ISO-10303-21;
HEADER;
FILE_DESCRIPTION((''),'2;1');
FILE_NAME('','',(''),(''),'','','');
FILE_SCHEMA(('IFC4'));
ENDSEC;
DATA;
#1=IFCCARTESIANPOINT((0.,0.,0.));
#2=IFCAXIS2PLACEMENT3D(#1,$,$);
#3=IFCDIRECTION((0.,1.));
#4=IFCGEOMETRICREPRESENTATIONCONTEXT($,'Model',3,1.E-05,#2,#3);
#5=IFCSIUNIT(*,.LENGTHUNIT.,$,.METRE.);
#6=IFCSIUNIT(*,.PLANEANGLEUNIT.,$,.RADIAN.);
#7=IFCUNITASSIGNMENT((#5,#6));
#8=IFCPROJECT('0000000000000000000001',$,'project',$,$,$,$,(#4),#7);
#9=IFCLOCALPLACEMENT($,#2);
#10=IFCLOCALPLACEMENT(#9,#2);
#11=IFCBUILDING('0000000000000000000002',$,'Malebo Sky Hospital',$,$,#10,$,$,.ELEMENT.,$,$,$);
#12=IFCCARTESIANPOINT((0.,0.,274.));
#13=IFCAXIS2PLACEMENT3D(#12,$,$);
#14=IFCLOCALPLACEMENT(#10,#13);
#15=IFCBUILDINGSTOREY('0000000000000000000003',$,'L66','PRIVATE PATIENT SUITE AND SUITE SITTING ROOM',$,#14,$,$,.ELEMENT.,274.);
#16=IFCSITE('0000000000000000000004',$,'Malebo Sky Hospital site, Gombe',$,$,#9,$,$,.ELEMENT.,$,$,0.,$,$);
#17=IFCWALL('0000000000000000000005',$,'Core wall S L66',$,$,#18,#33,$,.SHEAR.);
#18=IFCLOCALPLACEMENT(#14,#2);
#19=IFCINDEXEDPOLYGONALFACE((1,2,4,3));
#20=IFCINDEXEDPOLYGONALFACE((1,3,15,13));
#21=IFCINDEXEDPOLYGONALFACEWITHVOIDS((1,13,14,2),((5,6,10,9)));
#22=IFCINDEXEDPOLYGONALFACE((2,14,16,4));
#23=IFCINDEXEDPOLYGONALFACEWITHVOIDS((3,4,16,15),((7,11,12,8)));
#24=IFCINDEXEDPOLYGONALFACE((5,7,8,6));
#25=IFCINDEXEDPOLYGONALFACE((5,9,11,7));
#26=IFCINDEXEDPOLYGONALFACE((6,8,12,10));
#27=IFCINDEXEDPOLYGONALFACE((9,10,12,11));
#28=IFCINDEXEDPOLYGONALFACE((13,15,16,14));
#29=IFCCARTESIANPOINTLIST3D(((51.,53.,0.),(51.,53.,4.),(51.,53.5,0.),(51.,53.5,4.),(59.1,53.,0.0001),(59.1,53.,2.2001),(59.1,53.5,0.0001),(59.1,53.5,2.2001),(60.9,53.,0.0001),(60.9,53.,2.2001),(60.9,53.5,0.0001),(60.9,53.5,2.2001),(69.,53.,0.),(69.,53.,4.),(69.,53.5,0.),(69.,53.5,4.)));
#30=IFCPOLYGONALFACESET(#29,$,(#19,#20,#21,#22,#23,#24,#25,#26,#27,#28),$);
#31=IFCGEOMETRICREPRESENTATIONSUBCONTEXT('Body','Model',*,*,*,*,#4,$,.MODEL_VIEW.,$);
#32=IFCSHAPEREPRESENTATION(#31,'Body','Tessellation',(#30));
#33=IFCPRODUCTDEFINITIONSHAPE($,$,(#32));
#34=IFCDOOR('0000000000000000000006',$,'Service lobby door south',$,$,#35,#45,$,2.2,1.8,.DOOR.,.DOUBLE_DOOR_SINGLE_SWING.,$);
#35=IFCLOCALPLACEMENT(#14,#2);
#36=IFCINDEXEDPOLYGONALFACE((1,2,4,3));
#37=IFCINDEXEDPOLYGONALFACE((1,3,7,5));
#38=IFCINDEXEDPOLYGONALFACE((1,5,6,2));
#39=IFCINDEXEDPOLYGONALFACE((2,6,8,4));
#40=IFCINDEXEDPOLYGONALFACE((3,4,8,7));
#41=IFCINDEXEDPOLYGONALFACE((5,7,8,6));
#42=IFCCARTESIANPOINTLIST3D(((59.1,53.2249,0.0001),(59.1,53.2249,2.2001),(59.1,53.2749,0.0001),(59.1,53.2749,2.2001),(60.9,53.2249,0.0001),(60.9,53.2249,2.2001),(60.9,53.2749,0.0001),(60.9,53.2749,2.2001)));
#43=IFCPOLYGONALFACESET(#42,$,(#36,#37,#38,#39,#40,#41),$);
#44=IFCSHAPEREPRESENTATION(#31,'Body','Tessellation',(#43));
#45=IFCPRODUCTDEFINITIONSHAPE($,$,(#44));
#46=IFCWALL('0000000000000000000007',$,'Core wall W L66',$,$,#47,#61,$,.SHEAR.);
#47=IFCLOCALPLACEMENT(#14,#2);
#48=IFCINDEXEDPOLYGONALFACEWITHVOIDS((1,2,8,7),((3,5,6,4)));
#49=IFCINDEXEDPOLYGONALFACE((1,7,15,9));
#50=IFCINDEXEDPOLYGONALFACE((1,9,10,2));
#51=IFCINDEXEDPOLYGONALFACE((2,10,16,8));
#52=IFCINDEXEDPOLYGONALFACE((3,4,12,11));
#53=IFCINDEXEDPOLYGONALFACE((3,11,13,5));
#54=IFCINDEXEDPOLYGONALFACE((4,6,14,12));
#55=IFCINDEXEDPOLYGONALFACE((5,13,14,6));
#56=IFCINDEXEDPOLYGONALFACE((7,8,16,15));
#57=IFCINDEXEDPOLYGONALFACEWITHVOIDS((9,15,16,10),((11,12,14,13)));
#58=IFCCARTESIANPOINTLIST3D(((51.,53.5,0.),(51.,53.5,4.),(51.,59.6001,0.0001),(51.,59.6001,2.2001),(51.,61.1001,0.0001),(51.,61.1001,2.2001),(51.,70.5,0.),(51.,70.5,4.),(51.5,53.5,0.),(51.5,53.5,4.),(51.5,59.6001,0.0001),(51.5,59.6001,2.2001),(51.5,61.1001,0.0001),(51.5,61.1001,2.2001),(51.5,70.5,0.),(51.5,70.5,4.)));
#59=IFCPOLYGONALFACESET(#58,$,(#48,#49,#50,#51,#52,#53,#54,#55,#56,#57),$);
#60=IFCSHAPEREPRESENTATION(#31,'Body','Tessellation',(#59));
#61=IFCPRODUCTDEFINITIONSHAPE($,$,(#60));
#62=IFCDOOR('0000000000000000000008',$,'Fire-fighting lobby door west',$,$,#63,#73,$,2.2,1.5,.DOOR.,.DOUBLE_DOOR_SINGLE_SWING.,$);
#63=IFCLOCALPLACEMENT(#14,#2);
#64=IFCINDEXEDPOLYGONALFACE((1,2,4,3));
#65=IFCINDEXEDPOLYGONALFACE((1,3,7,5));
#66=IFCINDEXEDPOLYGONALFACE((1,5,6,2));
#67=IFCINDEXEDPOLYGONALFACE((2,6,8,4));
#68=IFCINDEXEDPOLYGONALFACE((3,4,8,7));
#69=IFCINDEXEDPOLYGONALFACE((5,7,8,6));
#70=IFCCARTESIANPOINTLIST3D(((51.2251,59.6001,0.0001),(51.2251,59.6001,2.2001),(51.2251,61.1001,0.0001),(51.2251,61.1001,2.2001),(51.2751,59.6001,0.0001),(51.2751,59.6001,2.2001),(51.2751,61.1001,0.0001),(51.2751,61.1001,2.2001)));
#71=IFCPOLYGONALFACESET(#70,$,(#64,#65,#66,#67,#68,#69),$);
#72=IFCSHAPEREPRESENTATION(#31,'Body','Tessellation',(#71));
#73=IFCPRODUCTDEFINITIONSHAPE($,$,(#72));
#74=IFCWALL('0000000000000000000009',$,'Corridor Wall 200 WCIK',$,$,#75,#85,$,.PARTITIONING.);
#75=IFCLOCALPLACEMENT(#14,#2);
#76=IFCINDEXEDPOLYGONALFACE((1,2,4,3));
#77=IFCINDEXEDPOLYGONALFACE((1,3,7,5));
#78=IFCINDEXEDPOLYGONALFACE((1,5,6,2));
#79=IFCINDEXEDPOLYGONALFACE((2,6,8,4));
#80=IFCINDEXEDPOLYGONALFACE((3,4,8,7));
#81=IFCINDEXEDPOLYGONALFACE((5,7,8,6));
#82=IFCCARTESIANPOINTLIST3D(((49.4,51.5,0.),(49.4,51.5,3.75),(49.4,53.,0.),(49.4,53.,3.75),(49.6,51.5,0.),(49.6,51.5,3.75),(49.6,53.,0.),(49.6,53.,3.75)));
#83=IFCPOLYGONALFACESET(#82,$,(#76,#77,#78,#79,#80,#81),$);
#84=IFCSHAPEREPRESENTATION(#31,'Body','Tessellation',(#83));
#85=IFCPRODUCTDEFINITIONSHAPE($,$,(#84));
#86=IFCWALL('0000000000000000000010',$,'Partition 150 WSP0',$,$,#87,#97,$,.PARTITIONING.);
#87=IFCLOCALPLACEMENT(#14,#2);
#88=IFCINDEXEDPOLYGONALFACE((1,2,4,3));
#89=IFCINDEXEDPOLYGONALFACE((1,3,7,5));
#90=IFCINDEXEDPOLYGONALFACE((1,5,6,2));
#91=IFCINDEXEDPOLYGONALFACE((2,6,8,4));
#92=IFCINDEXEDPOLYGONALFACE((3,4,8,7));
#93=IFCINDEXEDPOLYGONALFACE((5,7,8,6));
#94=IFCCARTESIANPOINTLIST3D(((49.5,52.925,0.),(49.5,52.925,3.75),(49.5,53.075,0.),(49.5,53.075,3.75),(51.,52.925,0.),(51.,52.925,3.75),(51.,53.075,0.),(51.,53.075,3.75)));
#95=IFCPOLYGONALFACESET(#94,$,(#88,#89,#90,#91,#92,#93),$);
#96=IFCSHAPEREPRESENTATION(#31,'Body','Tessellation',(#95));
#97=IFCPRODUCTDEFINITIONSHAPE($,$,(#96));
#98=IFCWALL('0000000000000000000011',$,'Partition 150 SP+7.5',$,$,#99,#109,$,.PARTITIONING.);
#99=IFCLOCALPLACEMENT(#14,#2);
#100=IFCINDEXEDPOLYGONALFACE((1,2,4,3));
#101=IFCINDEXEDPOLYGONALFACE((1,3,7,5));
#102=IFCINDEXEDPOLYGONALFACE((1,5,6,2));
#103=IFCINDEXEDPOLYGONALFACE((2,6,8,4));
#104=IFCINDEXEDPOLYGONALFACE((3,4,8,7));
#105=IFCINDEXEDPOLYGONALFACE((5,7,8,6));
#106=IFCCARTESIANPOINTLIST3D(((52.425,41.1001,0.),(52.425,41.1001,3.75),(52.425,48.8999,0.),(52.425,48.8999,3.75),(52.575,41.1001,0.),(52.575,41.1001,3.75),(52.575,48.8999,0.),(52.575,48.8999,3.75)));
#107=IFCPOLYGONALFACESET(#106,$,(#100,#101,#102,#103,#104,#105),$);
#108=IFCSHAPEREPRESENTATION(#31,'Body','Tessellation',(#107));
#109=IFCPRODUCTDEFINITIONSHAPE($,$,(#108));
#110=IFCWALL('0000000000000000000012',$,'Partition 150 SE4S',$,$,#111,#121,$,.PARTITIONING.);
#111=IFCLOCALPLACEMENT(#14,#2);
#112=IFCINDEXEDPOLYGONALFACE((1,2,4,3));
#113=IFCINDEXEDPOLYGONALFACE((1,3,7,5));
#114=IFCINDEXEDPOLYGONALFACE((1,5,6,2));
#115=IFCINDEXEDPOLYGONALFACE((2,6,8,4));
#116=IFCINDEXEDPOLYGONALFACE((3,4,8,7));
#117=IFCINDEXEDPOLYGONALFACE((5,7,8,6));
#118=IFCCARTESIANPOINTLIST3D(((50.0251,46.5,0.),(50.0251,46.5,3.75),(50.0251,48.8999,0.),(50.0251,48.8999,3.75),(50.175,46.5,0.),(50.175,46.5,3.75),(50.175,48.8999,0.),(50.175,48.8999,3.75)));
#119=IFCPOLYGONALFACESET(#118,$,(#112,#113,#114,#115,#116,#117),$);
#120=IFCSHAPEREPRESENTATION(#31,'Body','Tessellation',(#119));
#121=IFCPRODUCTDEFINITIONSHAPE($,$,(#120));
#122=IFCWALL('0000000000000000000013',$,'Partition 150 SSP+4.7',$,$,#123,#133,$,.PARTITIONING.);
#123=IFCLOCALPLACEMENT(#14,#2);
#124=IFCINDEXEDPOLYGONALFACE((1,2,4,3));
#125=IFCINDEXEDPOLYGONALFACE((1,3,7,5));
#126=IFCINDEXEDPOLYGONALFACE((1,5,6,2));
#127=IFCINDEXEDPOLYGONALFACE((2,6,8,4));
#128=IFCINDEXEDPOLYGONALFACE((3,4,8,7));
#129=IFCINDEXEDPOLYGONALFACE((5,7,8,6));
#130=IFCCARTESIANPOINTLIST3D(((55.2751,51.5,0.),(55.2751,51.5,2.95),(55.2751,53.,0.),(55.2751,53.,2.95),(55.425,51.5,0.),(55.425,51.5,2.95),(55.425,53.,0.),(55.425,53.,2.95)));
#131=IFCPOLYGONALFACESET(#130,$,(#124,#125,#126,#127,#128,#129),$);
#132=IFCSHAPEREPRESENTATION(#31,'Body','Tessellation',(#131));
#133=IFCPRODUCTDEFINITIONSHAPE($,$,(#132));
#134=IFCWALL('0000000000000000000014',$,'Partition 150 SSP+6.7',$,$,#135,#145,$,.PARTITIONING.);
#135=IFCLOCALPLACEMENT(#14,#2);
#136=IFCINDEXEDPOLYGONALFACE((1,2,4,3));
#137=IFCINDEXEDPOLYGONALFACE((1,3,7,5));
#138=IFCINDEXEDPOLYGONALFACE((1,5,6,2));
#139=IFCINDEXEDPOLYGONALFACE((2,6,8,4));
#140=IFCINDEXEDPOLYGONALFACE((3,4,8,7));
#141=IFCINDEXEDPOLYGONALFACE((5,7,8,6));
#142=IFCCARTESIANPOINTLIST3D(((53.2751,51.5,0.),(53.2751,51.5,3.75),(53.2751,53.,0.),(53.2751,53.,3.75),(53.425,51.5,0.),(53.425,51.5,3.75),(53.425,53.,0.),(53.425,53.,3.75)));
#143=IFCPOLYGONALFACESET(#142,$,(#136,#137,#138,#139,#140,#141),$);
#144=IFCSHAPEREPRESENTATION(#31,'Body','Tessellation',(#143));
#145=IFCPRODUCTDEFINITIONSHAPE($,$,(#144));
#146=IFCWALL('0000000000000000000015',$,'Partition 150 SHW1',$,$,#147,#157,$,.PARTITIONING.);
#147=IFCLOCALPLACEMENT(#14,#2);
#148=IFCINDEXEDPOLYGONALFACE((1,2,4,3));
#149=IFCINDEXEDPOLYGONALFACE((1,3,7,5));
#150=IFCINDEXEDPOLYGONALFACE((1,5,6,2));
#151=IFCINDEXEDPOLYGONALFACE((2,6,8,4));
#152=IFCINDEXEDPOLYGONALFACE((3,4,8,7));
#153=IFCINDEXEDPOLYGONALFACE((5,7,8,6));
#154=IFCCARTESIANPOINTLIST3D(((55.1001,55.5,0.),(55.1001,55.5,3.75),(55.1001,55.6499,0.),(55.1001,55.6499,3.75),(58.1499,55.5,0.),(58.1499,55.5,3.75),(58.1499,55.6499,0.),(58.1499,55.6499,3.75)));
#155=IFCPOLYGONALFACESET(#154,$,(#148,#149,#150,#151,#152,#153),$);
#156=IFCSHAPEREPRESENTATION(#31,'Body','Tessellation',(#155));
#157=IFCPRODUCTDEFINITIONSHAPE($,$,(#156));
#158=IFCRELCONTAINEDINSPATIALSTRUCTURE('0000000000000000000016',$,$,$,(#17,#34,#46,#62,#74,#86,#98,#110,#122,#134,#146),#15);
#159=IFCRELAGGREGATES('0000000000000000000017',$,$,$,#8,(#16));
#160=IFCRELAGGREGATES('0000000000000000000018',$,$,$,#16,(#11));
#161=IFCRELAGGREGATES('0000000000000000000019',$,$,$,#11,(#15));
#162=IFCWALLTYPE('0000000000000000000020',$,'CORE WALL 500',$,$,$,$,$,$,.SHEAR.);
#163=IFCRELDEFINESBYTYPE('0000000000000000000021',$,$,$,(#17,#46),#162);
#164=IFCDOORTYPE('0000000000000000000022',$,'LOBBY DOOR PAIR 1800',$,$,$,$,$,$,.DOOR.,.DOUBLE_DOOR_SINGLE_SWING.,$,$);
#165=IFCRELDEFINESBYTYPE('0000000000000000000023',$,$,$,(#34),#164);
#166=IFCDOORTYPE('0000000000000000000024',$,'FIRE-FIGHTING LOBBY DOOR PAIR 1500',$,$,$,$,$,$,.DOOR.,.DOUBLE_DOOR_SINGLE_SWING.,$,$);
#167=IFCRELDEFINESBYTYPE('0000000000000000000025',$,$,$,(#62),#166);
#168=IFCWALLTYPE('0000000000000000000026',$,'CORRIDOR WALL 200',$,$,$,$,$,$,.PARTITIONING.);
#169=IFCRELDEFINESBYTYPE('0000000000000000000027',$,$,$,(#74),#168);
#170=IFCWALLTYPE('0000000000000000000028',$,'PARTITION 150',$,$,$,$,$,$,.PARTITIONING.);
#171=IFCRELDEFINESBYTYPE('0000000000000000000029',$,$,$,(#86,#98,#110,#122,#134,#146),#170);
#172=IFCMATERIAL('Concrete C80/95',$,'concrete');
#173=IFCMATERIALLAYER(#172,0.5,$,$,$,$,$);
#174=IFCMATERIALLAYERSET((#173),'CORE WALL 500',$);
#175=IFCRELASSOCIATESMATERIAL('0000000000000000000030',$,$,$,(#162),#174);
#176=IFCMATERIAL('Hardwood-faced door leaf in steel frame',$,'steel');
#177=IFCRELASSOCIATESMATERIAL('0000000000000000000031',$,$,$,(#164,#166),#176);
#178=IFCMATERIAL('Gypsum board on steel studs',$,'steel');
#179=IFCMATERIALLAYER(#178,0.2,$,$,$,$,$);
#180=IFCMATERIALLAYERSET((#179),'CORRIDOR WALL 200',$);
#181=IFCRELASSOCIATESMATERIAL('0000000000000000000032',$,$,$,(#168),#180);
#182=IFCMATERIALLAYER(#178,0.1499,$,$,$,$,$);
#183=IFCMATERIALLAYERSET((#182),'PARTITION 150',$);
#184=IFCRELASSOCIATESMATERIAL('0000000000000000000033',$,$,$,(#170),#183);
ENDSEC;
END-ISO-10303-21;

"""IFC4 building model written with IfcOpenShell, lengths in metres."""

from ifc_helpers import new_model, si_unit, direction, frame, frame_2d, origin, place, context, subcontext, project, spatial, rectangle, extrude, material, layer, layer_set, type_object, element, fill, save


model = new_model("IFC4")

# Units and contexts
model_context = context("Model", 3, precision=1e-05, world=origin(), true_north=direction((0.0, 1.0)))
body_context = subcontext(model_context, "Body", "Model", "MODEL_VIEW")
ifc_project = project(units=[si_unit("LENGTHUNIT", "METRE"), si_unit("PLANEANGLEUNIT", "RADIAN")], contexts=[model_context])

# Site, building, storey
site_placement = place(None, origin())
site = spatial("IfcSite", under=ifc_project, at=site_placement, Name="Malebo Sky Hospital site, Gombe", CompositionType="ELEMENT", RefElevation=0.0)
building_placement = place(site_placement, origin())
building = spatial("IfcBuilding", under=site, at=building_placement, Name="Malebo Sky Hospital", CompositionType="ELEMENT")
storey_placement = place(building_placement, frame((0.0, 0.0, 274.0)))
storey = spatial("IfcBuildingStorey", under=building, at=storey_placement, Name="L66", Description="PRIVATE PATIENT SUITE AND SUITE SITTING ROOM", CompositionType="ELEMENT", Elevation=274.0)

# Shared definitions
ifc_material_1 = material(Name="Concrete C80/95", Category="concrete")

# Walls, openings, doors
ifc_layer_1 = layer(ifc_material_1, 0.5)
ifc_layer_set_1 = layer_set([ifc_layer_1], Name="CORE WALL 500")
wall_type_1 = type_object("IfcWallType", Name="CORE WALL 500", PredefinedType="SHEAR", material=ifc_layer_set_1)
wall_1_placement = place(storey_placement, frame((51.0, 53.25, 0.0), z_axis=(0.0, 0.0, 1.0), x_axis=(1.0, 0.0, 0.0)))
wall_1 = element("IfcWall", 1, at=wall_1_placement, inside=storey, type_object=wall_type_1, Name="Core wall S L66", PredefinedType="SHEAR", context=body_context, shape_type="SweptSolid", body=[
    extrude(rectangle(XDim=18.0, YDim=0.5, at=frame_2d((9.0, 0.0))), origin(), (0.0, 0.0, 1.0), 4.0),
])
opening_1_placement = place(wall_1_placement, frame((8.1001, 0.0, 0.0)))
opening_1 = element("IfcOpeningElement", 2, at=opening_1_placement, cuts=wall_1, PredefinedType="OPENING", context=body_context, shape_type="SweptSolid", body=[
    extrude(rectangle(XDim=1.8, YDim=2.2, at=frame_2d((0.8999, 1.1001))), frame((0.0, 0.26, 0.0), z_axis=(0.0, -1.0, 0.0), x_axis=(1.0, 0.0, 0.0)), (0.0, 0.0, 1.0), 0.52),
])
ifc_material_2 = material(Name="Hardwood-faced door leaf in steel frame", Category="steel")
door_type_1 = type_object("IfcDoorType", Name="LOBBY DOOR PAIR 1800", OperationType="DOUBLE_DOOR_SINGLE_SWING", PredefinedType="DOOR", material=ifc_material_2)
door_1_placement = place(opening_1_placement, origin())
door_1 = element("IfcDoor", 3, at=door_1_placement, inside=storey, type_object=door_type_1, Name="Service lobby door south", OperationType="DOUBLE_DOOR_SINGLE_SWING", OverallHeight=2.2, OverallWidth=1.8, PredefinedType="DOOR", context=body_context, shape_type="SweptSolid", body=[
    extrude(rectangle(XDim=1.8, YDim=2.2, at=frame_2d((0.8999, 1.1001))), frame((0.0, 0.0249, 0.0), z_axis=(0.0, -1.0, 0.0), x_axis=(1.0, 0.0, 0.0)), (0.0, 0.0, 1.0), 0.05),
])
fill(opening_1, door_1)
wall_2_placement = place(storey_placement, frame((51.25, 53.5, 0.0), z_axis=(0.0, 0.0, 1.0), x_axis=(0.0, 1.0, 0.0)))
wall_2 = element("IfcWall", 4, at=wall_2_placement, inside=storey, type_object=wall_type_1, Name="Core wall W L66", PredefinedType="SHEAR", context=body_context, shape_type="SweptSolid", body=[
    extrude(rectangle(XDim=17.0, YDim=0.5, at=frame_2d((8.5, 0.0))), origin(), (0.0, 0.0, 1.0), 4.0),
])
opening_2_placement = place(wall_2_placement, frame((6.1001, 0.0, 0.0)))
opening_2 = element("IfcOpeningElement", 5, at=opening_2_placement, cuts=wall_2, PredefinedType="OPENING", context=body_context, shape_type="SweptSolid", body=[
    extrude(rectangle(XDim=1.5, YDim=2.2, at=frame_2d((0.75, 1.1001))), frame((0.0, 0.26, 0.0), z_axis=(0.0, -1.0, 0.0), x_axis=(1.0, 0.0, 0.0)), (0.0, 0.0, 1.0), 0.52),
])
door_type_2 = type_object("IfcDoorType", Name="FIRE-FIGHTING LOBBY DOOR PAIR 1500", OperationType="DOUBLE_DOOR_SINGLE_SWING", PredefinedType="DOOR", material=ifc_material_2)
door_2_placement = place(opening_2_placement, origin())
door_2 = element("IfcDoor", 6, at=door_2_placement, inside=storey, type_object=door_type_2, Name="Fire-fighting lobby door west", OperationType="DOUBLE_DOOR_SINGLE_SWING", OverallHeight=2.2, OverallWidth=1.5, PredefinedType="DOOR", context=body_context, shape_type="SweptSolid", body=[
    extrude(rectangle(XDim=1.5, YDim=2.2, at=frame_2d((0.75, 1.1001))), frame((0.0, 0.0249, 0.0), z_axis=(0.0, -1.0, 0.0), x_axis=(1.0, 0.0, 0.0)), (0.0, 0.0, 1.0), 0.05),
])
fill(opening_2, door_2)

# Walls
ifc_material_3 = material(Name="Gypsum board on steel studs", Category="steel")
ifc_layer_2 = layer(ifc_material_3, 0.2)
ifc_layer_set_2 = layer_set([ifc_layer_2], Name="CORRIDOR WALL 200")
wall_type_2 = type_object("IfcWallType", Name="CORRIDOR WALL 200", PredefinedType="PARTITIONING", material=ifc_layer_set_2)
wall_3_placement = place(storey_placement, frame((49.5, 51.5, 0.0), z_axis=(0.0, 0.0, 1.0), x_axis=(0.0, 1.0, 0.0)))
element("IfcWall", 7, at=wall_3_placement, inside=storey, type_object=wall_type_2, Name="Corridor Wall 200 WCIK", PredefinedType="PARTITIONING", context=body_context, shape_type="SweptSolid", body=[
    extrude(rectangle(XDim=1.5, YDim=0.2, at=frame_2d((0.75, 0.0))), origin(), (0.0, 0.0, 1.0), 3.75),
])
ifc_layer_3 = layer(ifc_material_3, 0.1499)
ifc_layer_set_3 = layer_set([ifc_layer_3], Name="PARTITION 150")
wall_type_3 = type_object("IfcWallType", Name="PARTITION 150", PredefinedType="PARTITIONING", material=ifc_layer_set_3)
wall_4_placement = place(storey_placement, frame((51.0, 53.0, 0.0), z_axis=(0.0, 0.0, 1.0), x_axis=(-1.0, 0.0, 0.0)))
element("IfcWall", 8, at=wall_4_placement, inside=storey, type_object=wall_type_3, Name="Partition 150 WSP0", PredefinedType="PARTITIONING", context=body_context, shape_type="SweptSolid", body=[
    extrude(rectangle(XDim=1.5, YDim=0.1499, at=frame_2d((0.75, 0.0))), origin(), (0.0, 0.0, 1.0), 3.75),
])
wall_5_placement = place(storey_placement, frame((52.5, 48.8999, 0.0), z_axis=(0.0, 0.0, 1.0), x_axis=(0.0, -1.0, 0.0)))
element("IfcWall", 9, at=wall_5_placement, inside=storey, type_object=wall_type_3, Name="Partition 150 SP+7.5", PredefinedType="PARTITIONING", context=body_context, shape_type="SweptSolid", body=[
    extrude(rectangle(XDim=7.7998, YDim=0.1499, at=frame_2d((3.8999, 0.0))), origin(), (0.0, 0.0, 1.0), 3.75),
])
wall_6_placement = place(storey_placement, frame((50.1001, 48.8999, 0.0), z_axis=(0.0, 0.0, 1.0), x_axis=(0.0, -1.0, 0.0)))
element("IfcWall", 10, at=wall_6_placement, inside=storey, type_object=wall_type_3, Name="Partition 150 SE4S", PredefinedType="PARTITIONING", context=body_context, shape_type="SweptSolid", body=[
    extrude(rectangle(XDim=2.3999, YDim=0.1499, at=frame_2d((1.2, 0.0))), origin(), (0.0, 0.0, 1.0), 3.75),
])
wall_7_placement = place(storey_placement, frame((55.3501, 53.0, 0.0), z_axis=(0.0, 0.0, 1.0), x_axis=(0.0, -1.0, 0.0)))
element("IfcWall", 11, at=wall_7_placement, inside=storey, type_object=wall_type_3, Name="Partition 150 SSP+4.7", PredefinedType="PARTITIONING", context=body_context, shape_type="SweptSolid", body=[
    extrude(rectangle(XDim=1.5, YDim=0.1499, at=frame_2d((0.75, 0.0))), origin(), (0.0, 0.0, 1.0), 2.95),
])
wall_8_placement = place(storey_placement, frame((53.3501, 53.0, 0.0), z_axis=(0.0, 0.0, 1.0), x_axis=(0.0, -1.0, 0.0)))
element("IfcWall", 12, at=wall_8_placement, inside=storey, type_object=wall_type_3, Name="Partition 150 SSP+6.7", PredefinedType="PARTITIONING", context=body_context, shape_type="SweptSolid", body=[
    extrude(rectangle(XDim=1.5, YDim=0.1499, at=frame_2d((0.75, 0.0))), origin(), (0.0, 0.0, 1.0), 3.75),
])
wall_9_placement = place(storey_placement, frame((55.1001, 55.575, 0.0), z_axis=(0.0, 0.0, 1.0), x_axis=(1.0, 0.0, 0.0)))
element("IfcWall", 13, at=wall_9_placement, inside=storey, type_object=wall_type_3, Name="Partition 150 SHW1", PredefinedType="PARTITIONING", context=body_context, shape_type="SweptSolid", body=[
    extrude(rectangle(XDim=3.0498, YDim=0.1499, at=frame_2d((1.5249, 0.0))), origin(), (0.0, 0.0, 1.0), 3.75),
])

save(model, "model.ifc")
